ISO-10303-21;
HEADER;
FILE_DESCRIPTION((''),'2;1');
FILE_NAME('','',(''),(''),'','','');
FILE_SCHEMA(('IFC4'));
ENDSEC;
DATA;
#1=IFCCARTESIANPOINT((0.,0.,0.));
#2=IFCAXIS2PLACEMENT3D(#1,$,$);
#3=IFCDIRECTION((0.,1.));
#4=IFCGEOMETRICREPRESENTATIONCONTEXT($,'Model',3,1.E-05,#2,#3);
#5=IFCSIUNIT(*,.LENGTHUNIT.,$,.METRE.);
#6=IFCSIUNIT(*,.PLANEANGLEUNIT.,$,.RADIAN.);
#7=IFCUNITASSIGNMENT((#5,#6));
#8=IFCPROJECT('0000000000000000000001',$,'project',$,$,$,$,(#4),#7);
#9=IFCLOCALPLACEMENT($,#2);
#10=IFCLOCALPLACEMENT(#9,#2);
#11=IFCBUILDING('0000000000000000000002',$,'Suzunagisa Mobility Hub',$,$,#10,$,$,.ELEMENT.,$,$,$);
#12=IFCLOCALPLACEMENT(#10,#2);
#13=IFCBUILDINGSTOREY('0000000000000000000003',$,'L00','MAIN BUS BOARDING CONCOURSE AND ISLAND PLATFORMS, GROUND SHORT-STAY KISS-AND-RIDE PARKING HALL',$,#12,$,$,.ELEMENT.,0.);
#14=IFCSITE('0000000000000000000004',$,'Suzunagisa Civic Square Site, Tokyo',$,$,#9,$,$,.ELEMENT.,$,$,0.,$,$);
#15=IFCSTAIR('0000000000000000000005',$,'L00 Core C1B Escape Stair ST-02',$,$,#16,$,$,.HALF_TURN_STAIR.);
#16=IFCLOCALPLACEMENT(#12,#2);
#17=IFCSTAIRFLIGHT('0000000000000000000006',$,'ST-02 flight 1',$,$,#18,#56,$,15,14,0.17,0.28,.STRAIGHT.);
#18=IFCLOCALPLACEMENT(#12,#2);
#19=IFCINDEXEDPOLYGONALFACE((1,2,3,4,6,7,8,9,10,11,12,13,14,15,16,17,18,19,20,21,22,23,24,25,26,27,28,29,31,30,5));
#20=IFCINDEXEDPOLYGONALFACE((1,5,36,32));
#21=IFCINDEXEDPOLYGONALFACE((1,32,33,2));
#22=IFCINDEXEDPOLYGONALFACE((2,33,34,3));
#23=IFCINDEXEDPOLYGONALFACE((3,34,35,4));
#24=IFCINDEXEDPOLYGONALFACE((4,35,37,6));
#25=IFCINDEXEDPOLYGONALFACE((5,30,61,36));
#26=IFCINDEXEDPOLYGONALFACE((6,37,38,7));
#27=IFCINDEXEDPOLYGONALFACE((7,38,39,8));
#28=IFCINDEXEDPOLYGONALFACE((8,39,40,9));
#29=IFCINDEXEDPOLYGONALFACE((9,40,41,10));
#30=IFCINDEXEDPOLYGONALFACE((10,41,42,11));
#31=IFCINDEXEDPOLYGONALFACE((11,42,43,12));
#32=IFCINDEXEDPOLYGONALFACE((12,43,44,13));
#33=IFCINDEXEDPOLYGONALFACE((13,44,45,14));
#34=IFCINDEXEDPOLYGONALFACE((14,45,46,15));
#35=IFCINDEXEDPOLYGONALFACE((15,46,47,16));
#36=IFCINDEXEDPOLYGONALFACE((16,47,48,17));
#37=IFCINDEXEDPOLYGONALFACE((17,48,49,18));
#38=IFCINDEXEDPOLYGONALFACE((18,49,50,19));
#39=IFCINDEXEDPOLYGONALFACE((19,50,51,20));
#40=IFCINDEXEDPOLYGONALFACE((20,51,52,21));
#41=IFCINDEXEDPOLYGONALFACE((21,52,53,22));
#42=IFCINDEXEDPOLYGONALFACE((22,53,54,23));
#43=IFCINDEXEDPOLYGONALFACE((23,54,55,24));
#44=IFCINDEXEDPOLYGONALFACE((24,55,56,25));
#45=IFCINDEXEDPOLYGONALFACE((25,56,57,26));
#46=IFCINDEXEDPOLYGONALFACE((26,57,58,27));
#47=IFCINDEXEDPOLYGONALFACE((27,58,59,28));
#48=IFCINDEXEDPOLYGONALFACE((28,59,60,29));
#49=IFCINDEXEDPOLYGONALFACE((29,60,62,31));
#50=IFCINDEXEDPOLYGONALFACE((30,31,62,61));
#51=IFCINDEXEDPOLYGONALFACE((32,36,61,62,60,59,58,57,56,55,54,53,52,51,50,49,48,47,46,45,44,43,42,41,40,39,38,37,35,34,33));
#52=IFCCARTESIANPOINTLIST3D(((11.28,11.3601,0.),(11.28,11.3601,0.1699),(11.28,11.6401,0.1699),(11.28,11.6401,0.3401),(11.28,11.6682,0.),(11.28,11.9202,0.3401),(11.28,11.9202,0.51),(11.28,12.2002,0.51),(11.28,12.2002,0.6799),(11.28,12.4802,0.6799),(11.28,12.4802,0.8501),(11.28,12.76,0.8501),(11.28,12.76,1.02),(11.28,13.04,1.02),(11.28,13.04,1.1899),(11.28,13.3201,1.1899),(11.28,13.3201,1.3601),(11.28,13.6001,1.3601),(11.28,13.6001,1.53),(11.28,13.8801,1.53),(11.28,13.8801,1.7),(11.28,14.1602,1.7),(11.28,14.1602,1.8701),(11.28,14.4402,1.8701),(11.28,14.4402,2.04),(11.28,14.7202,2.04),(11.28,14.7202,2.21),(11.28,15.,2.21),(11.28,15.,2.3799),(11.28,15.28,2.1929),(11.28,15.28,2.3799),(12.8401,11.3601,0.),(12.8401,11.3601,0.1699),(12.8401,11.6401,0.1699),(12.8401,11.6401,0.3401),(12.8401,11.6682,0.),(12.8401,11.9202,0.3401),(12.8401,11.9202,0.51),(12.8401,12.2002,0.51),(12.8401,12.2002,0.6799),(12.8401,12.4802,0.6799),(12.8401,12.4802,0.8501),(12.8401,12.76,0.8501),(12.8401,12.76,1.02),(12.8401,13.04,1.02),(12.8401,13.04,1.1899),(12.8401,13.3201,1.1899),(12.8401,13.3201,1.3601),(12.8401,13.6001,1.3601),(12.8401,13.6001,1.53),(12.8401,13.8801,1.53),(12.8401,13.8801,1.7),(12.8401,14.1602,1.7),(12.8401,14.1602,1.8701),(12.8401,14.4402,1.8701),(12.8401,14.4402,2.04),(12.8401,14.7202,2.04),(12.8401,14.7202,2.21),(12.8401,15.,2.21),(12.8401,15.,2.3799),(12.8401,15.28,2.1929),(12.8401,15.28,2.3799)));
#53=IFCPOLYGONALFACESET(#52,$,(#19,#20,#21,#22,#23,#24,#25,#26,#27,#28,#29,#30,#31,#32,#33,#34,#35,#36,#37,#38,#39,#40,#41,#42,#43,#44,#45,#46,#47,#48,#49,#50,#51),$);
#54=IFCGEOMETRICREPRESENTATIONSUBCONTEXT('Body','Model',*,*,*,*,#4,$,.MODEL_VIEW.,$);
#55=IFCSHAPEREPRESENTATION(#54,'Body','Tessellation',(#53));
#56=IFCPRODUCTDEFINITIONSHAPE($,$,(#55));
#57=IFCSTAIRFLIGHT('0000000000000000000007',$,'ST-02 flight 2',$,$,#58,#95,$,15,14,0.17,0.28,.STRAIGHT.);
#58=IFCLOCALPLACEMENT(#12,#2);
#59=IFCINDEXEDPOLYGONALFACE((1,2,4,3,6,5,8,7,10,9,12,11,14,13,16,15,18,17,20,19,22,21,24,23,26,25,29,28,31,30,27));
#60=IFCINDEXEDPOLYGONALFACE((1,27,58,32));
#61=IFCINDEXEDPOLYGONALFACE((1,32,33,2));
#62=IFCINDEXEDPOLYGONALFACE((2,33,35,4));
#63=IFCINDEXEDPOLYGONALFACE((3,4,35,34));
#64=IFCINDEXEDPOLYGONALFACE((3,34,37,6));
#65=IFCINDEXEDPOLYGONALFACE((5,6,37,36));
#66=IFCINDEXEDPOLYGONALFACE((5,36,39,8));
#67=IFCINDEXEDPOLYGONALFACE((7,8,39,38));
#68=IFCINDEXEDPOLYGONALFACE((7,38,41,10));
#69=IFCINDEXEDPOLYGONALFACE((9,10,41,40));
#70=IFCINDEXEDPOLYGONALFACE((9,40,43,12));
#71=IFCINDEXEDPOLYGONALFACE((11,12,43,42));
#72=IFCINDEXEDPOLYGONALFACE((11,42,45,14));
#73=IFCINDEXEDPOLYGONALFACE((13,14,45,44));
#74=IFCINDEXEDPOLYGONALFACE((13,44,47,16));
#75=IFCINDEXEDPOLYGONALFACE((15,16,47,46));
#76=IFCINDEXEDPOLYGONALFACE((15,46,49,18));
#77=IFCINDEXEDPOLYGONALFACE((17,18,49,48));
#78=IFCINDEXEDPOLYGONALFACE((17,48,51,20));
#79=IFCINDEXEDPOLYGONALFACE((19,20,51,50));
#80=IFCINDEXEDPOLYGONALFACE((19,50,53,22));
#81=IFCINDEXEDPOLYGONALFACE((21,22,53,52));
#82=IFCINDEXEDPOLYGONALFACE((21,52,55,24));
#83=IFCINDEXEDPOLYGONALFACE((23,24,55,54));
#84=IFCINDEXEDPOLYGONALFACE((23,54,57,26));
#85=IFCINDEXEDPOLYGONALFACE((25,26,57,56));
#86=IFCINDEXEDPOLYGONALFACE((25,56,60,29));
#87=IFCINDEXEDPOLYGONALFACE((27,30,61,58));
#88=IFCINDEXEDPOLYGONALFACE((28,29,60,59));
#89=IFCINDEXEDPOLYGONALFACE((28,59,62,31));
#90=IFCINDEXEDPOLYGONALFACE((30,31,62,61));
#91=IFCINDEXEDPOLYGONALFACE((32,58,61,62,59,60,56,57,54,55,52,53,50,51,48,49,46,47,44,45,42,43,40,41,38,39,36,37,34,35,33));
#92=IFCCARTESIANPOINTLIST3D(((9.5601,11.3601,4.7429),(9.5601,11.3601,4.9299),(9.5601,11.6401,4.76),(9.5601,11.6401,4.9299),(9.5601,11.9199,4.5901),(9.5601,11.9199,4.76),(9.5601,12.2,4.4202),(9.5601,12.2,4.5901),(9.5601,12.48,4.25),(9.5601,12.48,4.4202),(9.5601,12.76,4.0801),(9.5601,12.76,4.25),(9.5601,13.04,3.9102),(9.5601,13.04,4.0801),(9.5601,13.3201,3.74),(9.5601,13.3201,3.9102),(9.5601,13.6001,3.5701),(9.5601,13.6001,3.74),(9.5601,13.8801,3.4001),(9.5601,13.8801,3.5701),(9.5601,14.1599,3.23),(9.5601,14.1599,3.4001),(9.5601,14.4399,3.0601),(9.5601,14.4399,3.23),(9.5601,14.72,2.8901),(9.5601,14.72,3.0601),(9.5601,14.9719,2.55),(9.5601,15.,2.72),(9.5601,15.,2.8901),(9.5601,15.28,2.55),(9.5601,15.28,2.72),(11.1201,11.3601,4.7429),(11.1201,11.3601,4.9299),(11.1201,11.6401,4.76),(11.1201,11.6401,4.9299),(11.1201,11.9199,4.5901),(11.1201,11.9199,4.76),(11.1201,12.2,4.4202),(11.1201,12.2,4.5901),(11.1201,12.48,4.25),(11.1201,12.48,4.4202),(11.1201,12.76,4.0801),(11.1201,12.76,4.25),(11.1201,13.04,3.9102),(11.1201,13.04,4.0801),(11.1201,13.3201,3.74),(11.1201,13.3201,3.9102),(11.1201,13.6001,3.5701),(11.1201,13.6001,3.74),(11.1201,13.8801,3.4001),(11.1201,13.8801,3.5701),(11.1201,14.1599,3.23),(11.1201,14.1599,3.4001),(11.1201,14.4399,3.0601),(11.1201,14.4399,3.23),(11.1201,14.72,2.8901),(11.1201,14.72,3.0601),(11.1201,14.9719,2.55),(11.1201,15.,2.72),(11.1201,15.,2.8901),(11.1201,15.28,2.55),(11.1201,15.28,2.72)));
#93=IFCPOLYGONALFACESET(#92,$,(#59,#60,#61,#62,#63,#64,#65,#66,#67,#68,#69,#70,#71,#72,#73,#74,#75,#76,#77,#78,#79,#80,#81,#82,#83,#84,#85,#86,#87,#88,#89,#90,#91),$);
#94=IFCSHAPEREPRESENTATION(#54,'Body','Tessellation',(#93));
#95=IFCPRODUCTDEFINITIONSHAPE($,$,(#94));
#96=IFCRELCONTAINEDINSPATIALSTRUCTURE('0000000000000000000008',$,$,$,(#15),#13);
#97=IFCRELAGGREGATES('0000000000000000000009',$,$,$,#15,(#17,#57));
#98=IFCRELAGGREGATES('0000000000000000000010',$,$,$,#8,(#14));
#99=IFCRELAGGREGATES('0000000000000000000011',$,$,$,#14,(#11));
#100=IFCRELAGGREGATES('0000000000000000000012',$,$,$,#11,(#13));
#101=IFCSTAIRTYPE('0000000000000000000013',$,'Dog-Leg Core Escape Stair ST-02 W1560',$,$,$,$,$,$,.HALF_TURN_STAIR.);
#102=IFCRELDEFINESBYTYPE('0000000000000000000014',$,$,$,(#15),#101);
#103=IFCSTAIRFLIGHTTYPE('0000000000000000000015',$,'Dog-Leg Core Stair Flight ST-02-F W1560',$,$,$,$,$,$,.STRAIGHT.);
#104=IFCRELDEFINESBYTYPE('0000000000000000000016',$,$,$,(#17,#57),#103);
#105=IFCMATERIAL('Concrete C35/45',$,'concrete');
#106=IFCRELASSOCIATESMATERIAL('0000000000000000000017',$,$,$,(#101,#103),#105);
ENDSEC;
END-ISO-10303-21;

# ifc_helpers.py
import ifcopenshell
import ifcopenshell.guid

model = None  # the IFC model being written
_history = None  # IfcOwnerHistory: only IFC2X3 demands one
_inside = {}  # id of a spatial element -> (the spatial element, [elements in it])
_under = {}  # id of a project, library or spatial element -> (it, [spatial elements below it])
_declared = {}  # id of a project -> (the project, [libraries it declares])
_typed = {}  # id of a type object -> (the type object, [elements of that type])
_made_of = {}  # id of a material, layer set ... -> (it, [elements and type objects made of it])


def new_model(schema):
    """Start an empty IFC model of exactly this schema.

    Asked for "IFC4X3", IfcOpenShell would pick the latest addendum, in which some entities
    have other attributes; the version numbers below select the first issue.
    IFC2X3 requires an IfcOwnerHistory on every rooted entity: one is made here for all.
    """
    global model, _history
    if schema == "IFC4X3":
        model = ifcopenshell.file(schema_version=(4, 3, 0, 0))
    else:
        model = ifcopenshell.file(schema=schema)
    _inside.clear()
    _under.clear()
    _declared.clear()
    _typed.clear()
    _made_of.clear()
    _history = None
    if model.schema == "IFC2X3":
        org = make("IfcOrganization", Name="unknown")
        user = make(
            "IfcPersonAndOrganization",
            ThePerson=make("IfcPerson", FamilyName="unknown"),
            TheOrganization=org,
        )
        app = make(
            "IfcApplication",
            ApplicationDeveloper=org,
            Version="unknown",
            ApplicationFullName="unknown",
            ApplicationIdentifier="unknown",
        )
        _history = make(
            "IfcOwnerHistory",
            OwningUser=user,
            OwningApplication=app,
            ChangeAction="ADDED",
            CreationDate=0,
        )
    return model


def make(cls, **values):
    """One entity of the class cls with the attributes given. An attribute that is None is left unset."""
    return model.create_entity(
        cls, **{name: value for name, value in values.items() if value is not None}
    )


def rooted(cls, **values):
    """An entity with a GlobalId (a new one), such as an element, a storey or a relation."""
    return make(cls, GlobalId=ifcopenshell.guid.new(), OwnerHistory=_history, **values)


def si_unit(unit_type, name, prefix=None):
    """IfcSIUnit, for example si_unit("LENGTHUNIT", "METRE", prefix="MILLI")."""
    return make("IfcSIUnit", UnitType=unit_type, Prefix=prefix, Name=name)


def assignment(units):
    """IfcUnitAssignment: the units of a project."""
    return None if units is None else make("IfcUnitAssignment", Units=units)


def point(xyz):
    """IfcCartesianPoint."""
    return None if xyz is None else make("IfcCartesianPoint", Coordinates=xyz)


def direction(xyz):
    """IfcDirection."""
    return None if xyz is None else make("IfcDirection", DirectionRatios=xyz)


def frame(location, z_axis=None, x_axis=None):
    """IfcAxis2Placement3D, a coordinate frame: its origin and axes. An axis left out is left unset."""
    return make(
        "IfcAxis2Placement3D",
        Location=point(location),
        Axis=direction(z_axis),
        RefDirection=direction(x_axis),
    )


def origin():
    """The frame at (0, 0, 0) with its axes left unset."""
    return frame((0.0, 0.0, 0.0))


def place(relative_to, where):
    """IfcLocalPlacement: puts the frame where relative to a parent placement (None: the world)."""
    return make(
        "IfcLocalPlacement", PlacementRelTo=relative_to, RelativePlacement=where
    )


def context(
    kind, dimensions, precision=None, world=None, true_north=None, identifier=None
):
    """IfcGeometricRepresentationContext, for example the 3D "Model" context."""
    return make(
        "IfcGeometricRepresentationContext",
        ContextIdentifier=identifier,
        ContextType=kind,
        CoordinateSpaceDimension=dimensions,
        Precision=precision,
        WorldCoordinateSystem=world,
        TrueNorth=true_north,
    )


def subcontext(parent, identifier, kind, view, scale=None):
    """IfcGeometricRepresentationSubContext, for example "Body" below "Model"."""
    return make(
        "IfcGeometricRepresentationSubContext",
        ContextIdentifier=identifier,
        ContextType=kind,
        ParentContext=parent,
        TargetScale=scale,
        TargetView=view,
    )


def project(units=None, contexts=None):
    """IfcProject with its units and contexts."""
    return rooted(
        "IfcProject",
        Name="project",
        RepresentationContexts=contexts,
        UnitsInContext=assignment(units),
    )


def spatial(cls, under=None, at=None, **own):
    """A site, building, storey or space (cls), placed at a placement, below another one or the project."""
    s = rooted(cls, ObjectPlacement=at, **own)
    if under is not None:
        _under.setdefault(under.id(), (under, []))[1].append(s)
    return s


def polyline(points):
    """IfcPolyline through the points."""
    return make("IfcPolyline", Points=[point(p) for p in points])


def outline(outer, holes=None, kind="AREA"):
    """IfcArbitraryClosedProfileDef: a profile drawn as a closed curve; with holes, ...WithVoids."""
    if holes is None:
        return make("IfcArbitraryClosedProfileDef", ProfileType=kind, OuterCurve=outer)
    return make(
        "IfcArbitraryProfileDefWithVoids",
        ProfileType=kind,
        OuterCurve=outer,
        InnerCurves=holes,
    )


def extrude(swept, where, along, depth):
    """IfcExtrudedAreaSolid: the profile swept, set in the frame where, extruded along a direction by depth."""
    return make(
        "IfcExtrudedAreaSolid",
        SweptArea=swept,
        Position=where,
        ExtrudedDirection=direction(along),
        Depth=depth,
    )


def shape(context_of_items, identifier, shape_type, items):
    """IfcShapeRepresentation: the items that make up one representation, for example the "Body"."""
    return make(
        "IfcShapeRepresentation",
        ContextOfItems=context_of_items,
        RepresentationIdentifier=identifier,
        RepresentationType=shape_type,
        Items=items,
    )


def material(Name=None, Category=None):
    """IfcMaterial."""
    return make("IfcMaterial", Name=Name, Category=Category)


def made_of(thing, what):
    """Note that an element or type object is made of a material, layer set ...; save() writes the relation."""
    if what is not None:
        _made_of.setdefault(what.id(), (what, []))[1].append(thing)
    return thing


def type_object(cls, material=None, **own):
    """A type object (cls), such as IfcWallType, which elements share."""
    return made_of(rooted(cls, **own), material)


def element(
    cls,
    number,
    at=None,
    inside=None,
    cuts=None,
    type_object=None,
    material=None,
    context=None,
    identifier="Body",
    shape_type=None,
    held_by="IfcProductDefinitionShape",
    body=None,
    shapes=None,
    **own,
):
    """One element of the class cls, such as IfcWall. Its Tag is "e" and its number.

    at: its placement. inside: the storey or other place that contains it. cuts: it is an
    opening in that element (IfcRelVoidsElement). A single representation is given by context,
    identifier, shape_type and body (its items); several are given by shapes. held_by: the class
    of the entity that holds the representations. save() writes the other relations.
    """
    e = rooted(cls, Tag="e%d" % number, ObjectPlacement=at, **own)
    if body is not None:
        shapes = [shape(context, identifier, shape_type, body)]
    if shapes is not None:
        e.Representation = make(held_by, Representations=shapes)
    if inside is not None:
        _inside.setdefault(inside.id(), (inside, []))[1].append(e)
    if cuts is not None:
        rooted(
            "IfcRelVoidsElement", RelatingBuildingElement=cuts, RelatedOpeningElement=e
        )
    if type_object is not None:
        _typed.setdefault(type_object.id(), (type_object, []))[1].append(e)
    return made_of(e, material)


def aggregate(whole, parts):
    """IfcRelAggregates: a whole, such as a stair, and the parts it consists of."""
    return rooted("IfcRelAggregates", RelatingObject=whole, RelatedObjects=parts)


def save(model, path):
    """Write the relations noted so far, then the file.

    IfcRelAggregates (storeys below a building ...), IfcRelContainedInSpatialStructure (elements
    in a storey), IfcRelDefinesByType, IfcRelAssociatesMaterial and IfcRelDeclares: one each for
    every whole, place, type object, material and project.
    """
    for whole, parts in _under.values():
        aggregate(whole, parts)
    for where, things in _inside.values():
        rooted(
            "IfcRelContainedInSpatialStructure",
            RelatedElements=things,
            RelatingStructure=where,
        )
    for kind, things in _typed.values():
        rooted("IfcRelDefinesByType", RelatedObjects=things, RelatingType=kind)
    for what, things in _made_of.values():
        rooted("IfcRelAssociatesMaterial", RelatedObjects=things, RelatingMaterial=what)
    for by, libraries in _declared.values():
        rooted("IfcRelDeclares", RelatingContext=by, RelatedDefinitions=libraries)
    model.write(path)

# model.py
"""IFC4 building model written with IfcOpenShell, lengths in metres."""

from ifc_helpers import new_model, si_unit, direction, frame, origin, place, context, subcontext, project, spatial, polyline, outline, extrude, material, type_object, element, aggregate, save


model = new_model("IFC4")

# Units and contexts
model_context = context("Model", 3, precision=1e-05, world=origin(), true_north=direction((0.0, 1.0)))
body_context = subcontext(model_context, "Body", "Model", "MODEL_VIEW")
ifc_project = project(units=[si_unit("LENGTHUNIT", "METRE"), si_unit("PLANEANGLEUNIT", "RADIAN")], contexts=[model_context])

# Site, building, storey
site_placement = place(None, origin())
site = spatial("IfcSite", under=ifc_project, at=site_placement, Name="Suzunagisa Civic Square Site, Tokyo", CompositionType="ELEMENT", RefElevation=0.0)
building_placement = place(site_placement, origin())
building = spatial("IfcBuilding", under=site, at=building_placement, Name="Suzunagisa Mobility Hub", CompositionType="ELEMENT")
storey_placement = place(building_placement, origin())
storey = spatial("IfcBuildingStorey", under=building, at=storey_placement, Name="L00", Description="MAIN BUS BOARDING CONCOURSE AND ISLAND PLATFORMS, GROUND SHORT-STAY KISS-AND-RIDE PARKING HALL", CompositionType="ELEMENT", Elevation=0.0)

# Shared definitions
ifc_material_1 = material(Name="Concrete C35/45", Category="concrete")

# Stair, stair flights
stair_type = type_object("IfcStairType", Name="Dog-Leg Core Escape Stair ST-02 W1560", PredefinedType="HALF_TURN_STAIR", material=ifc_material_1)
stair_placement = place(storey_placement, origin())
stair = element("IfcStair", 1, at=stair_placement, inside=storey, type_object=stair_type, Name="L00 Core C1B Escape Stair ST-02", PredefinedType="HALF_TURN_STAIR")
stair_flight_type = type_object("IfcStairFlightType", Name="Dog-Leg Core Stair Flight ST-02-F W1560", PredefinedType="STRAIGHT", material=ifc_material_1)
stair_flight_1_placement = place(storey_placement, frame((12.0601, 11.3601, 0.0), z_axis=(0.0, 0.0, 1.0), x_axis=(0.0, 1.0, 0.0)))
stair_flight_1 = element("IfcStairFlight", 2, at=stair_flight_1_placement, type_object=stair_flight_type, Name="ST-02 flight 1", NumberOfRisers=15, NumberOfTreads=14, PredefinedType="STRAIGHT", RiserHeight=0.17, TreadLength=0.28, context=body_context, shape_type="SweptSolid", body=[
    extrude(outline(polyline([(0.0, 0.0), (0.0, 0.1699), (0.28, 0.1699), (0.28, 0.3401), (0.5601, 0.3401), (0.5601, 0.51), (0.8401, 0.51), (0.8401, 0.6799), (1.1201, 0.6799), (1.1201, 0.8501), (1.3999, 0.8501), (1.3999, 1.02), (1.6799, 1.02), (1.6799, 1.1899), (1.96, 1.1899), (1.96, 1.3601), (2.24, 1.3601), (2.24, 1.53), (2.52, 1.53), (2.52, 1.7), (2.8, 1.7), (2.8, 1.8701), (3.0801, 1.8701), (3.0801, 2.04), (3.3601, 2.04), (3.3601, 2.21), (3.6399, 2.21), (3.6399, 2.3799), (3.9199, 2.3799), (3.9199, 2.55), (3.9199, 2.1929), (0.3081, 0.0), (0.0, 0.0)])), frame((0.0, 0.78, 0.0), z_axis=(0.0, -1.0, 0.0), x_axis=(1.0, 0.0, 0.0)), (0.0, 0.0, 1.0), 1.5601),
])
stair_flight_2_placement = place(storey_placement, frame((10.3401, 15.28, 2.55), z_axis=(0.0, 0.0, 1.0), x_axis=(0.0, -1.0, 0.0)))
stair_flight_2 = element("IfcStairFlight", 3, at=stair_flight_2_placement, type_object=stair_flight_type, Name="ST-02 flight 2", NumberOfRisers=15, NumberOfTreads=14, PredefinedType="STRAIGHT", RiserHeight=0.17, TreadLength=0.28, context=body_context, shape_type="SweptSolid", body=[
    extrude(outline(polyline([(0.0, 0.0), (0.0, 0.1699), (0.28, 0.1699), (0.28, 0.3401), (0.5601, 0.3401), (0.5601, 0.51), (0.8401, 0.51), (0.8401, 0.6799), (1.1201, 0.6799), (1.1201, 0.8501), (1.3999, 0.8501), (1.3999, 1.02), (1.6799, 1.02), (1.6799, 1.1899), (1.96, 1.1899), (1.96, 1.3601), (2.24, 1.3601), (2.24, 1.53), (2.52, 1.53), (2.52, 1.7), (2.8, 1.7), (2.8, 1.8701), (3.0801, 1.8701), (3.0801, 2.04), (3.3601, 2.04), (3.3601, 2.21), (3.6399, 2.21), (3.6399, 2.3799), (3.9199, 2.3799), (3.9199, 2.55), (3.9199, 2.1929), (0.3081, 0.0), (0.0, 0.0)])), frame((0.0, 0.78, 0.0), z_axis=(0.0, -1.0, 0.0), x_axis=(1.0, 0.0, 0.0)), (0.0, 0.0, 1.0), 1.5601),
])
aggregate(stair, [stair_flight_1, stair_flight_2])

save(model, "model.ifc")
